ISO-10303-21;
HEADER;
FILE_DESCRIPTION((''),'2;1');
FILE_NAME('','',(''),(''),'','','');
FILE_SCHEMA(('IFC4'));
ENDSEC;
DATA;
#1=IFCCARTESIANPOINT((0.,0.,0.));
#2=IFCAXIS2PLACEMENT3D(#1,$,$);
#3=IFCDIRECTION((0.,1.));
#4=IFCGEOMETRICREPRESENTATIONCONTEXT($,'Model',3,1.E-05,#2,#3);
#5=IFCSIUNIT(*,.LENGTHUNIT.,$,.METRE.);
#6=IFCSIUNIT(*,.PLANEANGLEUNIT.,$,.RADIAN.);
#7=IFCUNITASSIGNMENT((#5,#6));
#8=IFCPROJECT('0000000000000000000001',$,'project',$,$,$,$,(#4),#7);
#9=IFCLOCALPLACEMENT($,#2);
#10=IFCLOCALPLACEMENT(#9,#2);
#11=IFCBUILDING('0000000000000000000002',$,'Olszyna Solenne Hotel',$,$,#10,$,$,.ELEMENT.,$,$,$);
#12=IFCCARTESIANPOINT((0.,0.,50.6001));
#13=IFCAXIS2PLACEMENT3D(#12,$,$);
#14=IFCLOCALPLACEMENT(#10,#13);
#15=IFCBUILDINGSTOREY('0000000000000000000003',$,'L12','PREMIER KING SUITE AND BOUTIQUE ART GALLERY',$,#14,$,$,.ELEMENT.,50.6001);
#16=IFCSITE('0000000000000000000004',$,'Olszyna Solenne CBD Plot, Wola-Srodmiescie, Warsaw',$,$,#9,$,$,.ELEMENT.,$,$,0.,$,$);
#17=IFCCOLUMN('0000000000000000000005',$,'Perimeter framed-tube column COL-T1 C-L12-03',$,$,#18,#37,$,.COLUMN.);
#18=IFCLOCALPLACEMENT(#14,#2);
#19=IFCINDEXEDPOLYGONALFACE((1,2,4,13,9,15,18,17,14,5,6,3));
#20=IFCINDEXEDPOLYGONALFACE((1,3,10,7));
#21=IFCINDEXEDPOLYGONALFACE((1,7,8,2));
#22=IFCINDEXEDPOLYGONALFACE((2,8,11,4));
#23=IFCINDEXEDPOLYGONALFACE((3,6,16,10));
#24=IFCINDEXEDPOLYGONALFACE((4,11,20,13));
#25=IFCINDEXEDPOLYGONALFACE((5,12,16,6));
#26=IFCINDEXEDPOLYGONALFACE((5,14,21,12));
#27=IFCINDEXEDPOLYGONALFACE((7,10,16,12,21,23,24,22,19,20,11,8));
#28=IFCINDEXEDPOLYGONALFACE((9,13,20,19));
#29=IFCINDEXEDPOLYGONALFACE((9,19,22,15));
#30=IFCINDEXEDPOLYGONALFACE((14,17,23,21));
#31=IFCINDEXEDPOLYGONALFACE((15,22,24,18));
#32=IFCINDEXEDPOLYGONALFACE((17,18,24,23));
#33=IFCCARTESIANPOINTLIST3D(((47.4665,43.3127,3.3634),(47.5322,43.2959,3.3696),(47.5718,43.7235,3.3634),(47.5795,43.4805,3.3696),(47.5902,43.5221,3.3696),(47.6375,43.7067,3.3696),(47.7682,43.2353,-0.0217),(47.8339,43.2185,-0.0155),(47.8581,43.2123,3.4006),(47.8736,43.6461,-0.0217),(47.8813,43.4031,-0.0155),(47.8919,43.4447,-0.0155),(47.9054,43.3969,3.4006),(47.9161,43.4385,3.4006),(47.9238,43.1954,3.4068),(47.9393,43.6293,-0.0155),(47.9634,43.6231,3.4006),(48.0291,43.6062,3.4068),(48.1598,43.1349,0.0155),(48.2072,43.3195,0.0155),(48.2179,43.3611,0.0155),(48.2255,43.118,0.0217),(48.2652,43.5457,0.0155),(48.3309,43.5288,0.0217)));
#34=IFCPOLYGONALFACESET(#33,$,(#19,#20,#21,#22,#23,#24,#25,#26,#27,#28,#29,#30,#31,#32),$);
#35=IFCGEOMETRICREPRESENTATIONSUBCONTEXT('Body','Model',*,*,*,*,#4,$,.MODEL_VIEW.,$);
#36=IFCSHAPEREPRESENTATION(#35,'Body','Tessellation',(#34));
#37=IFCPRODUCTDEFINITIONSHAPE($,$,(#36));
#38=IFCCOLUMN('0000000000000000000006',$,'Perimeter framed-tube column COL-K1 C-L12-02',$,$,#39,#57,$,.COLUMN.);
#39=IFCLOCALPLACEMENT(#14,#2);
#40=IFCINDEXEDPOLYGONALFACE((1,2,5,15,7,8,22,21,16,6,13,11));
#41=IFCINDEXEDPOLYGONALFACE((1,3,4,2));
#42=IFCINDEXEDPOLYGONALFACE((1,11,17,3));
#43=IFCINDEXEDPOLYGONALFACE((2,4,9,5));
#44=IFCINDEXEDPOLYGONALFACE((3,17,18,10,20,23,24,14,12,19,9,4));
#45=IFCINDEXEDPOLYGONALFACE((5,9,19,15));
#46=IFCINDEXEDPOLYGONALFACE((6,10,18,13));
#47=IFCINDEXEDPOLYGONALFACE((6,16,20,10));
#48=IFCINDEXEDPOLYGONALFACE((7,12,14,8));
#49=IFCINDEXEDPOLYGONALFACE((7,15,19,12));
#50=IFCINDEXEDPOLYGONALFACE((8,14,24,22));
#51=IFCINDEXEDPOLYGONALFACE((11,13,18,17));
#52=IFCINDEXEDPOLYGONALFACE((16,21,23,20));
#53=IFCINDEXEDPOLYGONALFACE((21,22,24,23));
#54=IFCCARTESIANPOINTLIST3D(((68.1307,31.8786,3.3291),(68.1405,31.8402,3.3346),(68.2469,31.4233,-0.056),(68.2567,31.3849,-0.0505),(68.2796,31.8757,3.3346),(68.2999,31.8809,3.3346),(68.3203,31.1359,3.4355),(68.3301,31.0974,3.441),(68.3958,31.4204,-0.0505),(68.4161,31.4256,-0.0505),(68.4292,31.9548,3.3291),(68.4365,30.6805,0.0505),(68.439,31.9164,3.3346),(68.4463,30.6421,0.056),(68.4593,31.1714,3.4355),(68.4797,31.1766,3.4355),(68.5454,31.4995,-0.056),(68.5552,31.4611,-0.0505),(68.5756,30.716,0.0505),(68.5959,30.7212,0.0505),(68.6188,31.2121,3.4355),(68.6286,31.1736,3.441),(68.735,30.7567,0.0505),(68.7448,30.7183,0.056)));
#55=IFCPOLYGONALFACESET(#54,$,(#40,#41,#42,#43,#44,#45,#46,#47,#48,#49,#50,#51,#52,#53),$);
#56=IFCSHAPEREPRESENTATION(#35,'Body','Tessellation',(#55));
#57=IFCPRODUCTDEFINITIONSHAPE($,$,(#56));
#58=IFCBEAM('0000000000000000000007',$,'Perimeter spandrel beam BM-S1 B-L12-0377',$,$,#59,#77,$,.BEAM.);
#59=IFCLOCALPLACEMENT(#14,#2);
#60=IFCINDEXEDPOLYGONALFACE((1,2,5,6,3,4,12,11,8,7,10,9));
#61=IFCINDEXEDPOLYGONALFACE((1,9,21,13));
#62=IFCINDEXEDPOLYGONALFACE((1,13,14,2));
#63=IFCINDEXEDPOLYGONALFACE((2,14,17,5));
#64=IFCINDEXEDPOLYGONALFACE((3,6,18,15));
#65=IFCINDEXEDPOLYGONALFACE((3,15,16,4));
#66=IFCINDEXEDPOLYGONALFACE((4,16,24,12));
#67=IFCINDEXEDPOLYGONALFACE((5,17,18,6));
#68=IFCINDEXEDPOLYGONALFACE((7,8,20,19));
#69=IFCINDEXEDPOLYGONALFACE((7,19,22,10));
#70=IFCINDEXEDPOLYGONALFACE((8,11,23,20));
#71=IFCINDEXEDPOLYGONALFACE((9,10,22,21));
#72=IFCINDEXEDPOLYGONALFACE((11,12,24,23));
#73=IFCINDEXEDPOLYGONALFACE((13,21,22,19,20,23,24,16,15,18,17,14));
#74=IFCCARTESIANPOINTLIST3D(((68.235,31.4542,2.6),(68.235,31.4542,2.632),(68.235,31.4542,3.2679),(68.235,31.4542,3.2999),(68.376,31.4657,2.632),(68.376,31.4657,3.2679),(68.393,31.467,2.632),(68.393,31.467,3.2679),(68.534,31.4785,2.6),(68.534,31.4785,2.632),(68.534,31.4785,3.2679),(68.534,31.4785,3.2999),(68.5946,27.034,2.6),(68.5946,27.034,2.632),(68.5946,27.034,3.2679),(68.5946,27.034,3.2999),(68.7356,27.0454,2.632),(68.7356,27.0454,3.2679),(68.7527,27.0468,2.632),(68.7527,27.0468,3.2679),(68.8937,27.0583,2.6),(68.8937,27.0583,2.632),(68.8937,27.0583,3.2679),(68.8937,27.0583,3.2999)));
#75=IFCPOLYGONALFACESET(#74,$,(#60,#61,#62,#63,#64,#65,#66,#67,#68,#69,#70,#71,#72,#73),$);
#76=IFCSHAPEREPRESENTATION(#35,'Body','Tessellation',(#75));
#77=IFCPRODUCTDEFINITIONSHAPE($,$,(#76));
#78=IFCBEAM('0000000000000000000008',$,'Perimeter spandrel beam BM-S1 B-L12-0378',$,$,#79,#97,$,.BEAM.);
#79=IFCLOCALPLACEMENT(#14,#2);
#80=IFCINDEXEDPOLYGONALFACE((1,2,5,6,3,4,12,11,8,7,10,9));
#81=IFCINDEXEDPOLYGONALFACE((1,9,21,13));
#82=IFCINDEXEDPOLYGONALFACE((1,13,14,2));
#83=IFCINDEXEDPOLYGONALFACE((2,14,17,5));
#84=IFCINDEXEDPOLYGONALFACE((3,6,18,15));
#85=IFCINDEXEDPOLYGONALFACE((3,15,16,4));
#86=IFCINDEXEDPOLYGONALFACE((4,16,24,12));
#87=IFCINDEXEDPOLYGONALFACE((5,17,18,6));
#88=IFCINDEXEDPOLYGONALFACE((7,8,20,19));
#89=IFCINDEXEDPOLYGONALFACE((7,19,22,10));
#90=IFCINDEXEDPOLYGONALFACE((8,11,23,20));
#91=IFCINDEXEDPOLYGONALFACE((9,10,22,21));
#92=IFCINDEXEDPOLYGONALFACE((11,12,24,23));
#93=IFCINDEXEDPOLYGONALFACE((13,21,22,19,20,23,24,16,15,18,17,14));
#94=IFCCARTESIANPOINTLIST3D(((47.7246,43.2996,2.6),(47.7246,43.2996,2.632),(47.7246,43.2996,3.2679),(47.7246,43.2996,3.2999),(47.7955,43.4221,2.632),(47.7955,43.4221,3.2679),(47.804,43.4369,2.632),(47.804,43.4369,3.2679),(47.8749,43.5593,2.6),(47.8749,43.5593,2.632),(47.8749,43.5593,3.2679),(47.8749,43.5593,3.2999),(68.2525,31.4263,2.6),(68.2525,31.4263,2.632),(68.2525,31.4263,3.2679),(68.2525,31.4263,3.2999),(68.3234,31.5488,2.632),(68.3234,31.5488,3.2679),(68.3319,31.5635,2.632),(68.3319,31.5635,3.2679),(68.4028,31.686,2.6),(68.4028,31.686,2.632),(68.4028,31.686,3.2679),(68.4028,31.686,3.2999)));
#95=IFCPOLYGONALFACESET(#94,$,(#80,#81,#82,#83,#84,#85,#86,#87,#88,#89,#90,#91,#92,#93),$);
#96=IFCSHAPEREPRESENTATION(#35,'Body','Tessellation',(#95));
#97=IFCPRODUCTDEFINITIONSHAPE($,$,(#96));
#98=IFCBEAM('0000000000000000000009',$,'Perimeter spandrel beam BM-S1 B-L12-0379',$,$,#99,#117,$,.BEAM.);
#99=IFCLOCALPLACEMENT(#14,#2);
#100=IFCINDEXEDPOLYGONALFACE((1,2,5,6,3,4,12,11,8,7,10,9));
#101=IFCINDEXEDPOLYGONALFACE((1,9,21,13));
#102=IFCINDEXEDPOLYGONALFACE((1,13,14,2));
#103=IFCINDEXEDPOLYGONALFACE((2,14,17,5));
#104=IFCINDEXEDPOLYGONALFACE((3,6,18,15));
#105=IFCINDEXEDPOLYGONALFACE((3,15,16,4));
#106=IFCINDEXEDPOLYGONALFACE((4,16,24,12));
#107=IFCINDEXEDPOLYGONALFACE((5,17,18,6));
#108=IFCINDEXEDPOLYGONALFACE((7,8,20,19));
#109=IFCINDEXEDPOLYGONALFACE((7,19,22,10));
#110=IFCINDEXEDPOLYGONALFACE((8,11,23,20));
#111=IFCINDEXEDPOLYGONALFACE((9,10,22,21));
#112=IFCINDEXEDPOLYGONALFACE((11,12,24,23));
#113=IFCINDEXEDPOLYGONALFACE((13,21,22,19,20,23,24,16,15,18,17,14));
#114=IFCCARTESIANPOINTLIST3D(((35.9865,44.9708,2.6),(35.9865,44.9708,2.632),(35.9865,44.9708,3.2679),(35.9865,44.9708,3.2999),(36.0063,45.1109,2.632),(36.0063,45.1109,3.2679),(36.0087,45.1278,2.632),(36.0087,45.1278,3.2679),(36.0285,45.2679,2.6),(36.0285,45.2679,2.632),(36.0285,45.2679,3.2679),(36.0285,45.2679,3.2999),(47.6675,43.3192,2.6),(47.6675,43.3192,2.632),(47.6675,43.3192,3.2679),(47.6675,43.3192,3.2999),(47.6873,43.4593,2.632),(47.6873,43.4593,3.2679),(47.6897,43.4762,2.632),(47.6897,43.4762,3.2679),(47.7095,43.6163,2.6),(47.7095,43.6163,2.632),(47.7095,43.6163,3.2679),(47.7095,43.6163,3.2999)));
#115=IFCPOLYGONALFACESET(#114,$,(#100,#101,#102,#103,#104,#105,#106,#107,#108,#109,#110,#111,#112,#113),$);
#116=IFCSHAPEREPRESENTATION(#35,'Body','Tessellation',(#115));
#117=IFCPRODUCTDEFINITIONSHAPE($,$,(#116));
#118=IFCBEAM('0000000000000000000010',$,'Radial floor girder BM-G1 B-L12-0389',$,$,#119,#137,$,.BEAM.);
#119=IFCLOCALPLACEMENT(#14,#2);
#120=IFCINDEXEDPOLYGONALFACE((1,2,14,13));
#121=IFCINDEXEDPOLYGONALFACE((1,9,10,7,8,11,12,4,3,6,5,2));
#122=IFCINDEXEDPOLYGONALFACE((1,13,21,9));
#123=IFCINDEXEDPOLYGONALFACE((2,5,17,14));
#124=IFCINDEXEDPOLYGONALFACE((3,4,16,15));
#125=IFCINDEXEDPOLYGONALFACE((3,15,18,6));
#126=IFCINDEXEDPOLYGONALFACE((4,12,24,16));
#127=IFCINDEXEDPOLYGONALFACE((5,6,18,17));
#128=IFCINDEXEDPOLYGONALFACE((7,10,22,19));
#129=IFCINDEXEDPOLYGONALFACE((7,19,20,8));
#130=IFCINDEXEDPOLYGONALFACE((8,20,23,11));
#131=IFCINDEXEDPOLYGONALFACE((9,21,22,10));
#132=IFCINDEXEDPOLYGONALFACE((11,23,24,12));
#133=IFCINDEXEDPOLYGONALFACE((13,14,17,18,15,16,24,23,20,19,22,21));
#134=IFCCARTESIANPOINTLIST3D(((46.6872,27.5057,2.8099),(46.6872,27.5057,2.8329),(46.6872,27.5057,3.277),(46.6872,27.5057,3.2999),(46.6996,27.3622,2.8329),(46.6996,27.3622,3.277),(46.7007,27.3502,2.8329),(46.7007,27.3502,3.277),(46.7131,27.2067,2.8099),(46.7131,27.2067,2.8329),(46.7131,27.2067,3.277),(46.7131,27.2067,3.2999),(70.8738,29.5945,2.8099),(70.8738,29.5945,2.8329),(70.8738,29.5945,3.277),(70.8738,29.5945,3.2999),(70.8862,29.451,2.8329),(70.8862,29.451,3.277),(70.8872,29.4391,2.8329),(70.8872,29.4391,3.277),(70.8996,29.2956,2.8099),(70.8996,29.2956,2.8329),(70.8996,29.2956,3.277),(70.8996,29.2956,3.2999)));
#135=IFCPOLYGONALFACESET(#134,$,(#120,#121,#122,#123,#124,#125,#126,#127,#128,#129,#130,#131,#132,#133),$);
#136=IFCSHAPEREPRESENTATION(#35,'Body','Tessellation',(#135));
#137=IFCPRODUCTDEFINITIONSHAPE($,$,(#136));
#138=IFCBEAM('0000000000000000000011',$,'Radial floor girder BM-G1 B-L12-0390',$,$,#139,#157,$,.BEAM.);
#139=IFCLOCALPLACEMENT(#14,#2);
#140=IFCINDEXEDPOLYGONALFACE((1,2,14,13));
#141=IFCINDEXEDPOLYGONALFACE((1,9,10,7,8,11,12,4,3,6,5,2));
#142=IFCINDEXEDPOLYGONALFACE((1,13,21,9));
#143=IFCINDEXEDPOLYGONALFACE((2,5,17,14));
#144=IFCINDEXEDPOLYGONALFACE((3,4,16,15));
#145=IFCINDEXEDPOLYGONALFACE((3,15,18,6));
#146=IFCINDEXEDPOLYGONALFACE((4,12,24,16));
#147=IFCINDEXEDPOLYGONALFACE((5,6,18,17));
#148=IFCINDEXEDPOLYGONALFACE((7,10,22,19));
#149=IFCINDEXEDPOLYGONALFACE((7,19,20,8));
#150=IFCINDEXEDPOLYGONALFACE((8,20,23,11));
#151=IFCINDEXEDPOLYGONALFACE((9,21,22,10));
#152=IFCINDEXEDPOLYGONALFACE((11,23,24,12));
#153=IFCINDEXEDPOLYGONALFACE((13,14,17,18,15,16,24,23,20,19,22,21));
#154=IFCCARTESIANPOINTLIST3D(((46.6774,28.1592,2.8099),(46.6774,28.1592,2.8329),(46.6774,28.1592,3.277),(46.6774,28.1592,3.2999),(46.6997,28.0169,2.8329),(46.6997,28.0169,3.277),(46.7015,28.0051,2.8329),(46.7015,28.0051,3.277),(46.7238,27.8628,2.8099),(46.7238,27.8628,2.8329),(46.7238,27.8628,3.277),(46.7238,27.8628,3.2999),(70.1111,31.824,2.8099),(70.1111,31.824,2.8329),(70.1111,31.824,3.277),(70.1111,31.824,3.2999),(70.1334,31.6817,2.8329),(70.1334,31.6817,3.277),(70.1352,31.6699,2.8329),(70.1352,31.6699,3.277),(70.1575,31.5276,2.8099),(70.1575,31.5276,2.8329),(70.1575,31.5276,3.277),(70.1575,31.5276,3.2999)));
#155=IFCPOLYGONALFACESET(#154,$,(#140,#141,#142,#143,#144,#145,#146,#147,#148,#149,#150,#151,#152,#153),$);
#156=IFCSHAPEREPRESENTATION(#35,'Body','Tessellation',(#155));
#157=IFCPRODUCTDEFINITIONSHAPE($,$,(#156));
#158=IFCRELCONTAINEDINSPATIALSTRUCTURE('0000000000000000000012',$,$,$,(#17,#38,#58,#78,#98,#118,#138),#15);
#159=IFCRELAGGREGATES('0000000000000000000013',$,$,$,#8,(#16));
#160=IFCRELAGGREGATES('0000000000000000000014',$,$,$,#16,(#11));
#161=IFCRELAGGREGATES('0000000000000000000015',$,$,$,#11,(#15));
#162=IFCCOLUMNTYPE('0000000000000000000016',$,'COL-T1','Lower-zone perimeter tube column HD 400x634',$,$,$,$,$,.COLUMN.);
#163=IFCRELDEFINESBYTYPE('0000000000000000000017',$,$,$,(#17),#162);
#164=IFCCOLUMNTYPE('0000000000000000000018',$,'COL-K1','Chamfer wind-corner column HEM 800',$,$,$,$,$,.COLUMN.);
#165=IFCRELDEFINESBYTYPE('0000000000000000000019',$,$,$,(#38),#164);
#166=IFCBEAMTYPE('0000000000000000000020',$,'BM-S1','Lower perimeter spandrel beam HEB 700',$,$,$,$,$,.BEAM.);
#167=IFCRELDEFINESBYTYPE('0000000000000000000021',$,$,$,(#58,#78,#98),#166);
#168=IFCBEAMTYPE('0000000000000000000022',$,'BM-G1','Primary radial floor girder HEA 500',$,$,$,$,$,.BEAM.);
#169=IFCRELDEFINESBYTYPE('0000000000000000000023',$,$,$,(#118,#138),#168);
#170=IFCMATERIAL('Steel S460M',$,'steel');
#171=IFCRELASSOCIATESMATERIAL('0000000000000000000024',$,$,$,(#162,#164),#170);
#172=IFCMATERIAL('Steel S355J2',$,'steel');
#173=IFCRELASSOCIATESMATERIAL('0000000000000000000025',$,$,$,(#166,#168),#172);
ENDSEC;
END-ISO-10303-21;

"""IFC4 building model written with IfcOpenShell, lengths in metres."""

from ifc_helpers import new_model, si_unit, direction, frame, origin, origin_2d, place, context, subcontext, project, spatial, i_section, extrude, source, transform, mapped, material, material_profile, profile_set, type_object, element, save


model = new_model("IFC4")

# Units and contexts
model_context = context("Model", 3, precision=1e-05, world=origin(), true_north=direction((0.0, 1.0)))
body_context = subcontext(model_context, "Body", "Model", "MODEL_VIEW")
ifc_project = project(units=[si_unit("LENGTHUNIT", "METRE"), si_unit("PLANEANGLEUNIT", "RADIAN")], contexts=[model_context])

# Site, building, storey
site_placement = place(None, origin())
site = spatial("IfcSite", under=ifc_project, at=site_placement, Name="Olszyna Solenne CBD Plot, Wola-Srodmiescie, Warsaw", CompositionType="ELEMENT", RefElevation=0.0)
building_placement = place(site_placement, origin())
building = spatial("IfcBuilding", under=site, at=building_placement, Name="Olszyna Solenne Hotel", CompositionType="ELEMENT")
storey_placement = place(building_placement, frame((0.0, 0.0, 50.6001)))
storey = spatial("IfcBuildingStorey", under=building, at=storey_placement, Name="L12", Description="PREMIER KING SUITE AND BOUTIQUE ART GALLERY", CompositionType="ELEMENT", Elevation=50.6001)

# Columns
ifc_material_1 = material(Name="Steel S460M", Category="steel")
ifc_material_profile_1 = material_profile(ifc_material_1, i_section(OverallWidth=0.4241, OverallDepth=0.4741, WebThickness=0.043, FlangeThickness=0.0681, at=origin_2d()), Name="HD 400x634", Category="load-bearing")
ifc_profile_set_1 = profile_set([ifc_material_profile_1], Name="Steel S460M")
column_type_1 = type_object("IfcColumnType", Name="COL-T1", Description="Lower-zone perimeter tube column HD 400x634", PredefinedType="COLUMN", material=ifc_profile_set_1)
shared_shape_1 = source(origin(), body_context, "Body", "SweptSolid", [
    extrude(i_section(OverallWidth=0.4241, OverallDepth=0.4741, WebThickness=0.043, FlangeThickness=0.0681, at=origin_2d()), origin(), (0.0, 0.0, 1.0), 3.3994),
])
column_1_placement = place(storey_placement, frame((48.0496, 43.3821, 0.0), z_axis=(-0.08877, 0.022767, 0.995792), x_axis=(-0.248432, -0.968649, 0.0)))
element("IfcColumn", 1, at=column_1_placement, inside=storey, type_object=column_type_1, Name="Perimeter framed-tube column COL-T1 C-L12-03", PredefinedType="COLUMN", context=body_context, shape_type="MappedRepresentation", body=[
    mapped(shared_shape_1, transform((0.0, 0.0, 0.0), x_axis=(1.0, 0.0, 0.0), y_axis=(0.0, 1.0, 0.0), z_axis=(0.0, 0.0, 1.0), scale=1.0)),
])
ifc_material_profile_2 = material_profile(ifc_material_1, i_section(OverallWidth=0.3081, OverallDepth=0.814, WebThickness=0.021, FlangeThickness=0.04, at=origin_2d()), Name="HEM 800", Category="load-bearing")
ifc_profile_set_2 = profile_set([ifc_material_profile_2], Name="Steel S460M")
column_type_2 = type_object("IfcColumnType", Name="COL-K1", Description="Chamfer wind-corner column HEM 800", PredefinedType="COLUMN", material=ifc_profile_set_2)
shared_shape_2 = source(origin(), body_context, "Body", "SweptSolid", [
    extrude(i_section(OverallWidth=0.3081, OverallDepth=0.814, WebThickness=0.021, FlangeThickness=0.04, at=origin_2d()), origin(), (0.0, 0.0, 1.0), 3.4175),
])
column_2_placement = place(storey_placement, frame((68.4958, 31.0708, 0.0), z_axis=(-0.034005, 0.133234, 0.990501), x_axis=(-0.968939, -0.2473, 0.0)))
element("IfcColumn", 2, at=column_2_placement, inside=storey, type_object=column_type_2, Name="Perimeter framed-tube column COL-K1 C-L12-02", PredefinedType="COLUMN", context=body_context, shape_type="MappedRepresentation", body=[
    mapped(shared_shape_2, transform((0.0, 0.0, 0.0), x_axis=(1.0, 0.0, 0.0), y_axis=(0.0, 1.0, 0.0), z_axis=(0.0, 0.0, 1.0), scale=1.0)),
])

# Beams
ifc_material_2 = material(Name="Steel S355J2", Category="steel")
ifc_material_profile_3 = material_profile(ifc_material_2, i_section(OverallWidth=0.3, OverallDepth=0.7, WebThickness=0.0171, FlangeThickness=0.032, at=origin_2d()), Name="HEB 700", Category="load-bearing")
ifc_profile_set_3 = profile_set([ifc_material_profile_3], Name="Steel S355J2")
beam_type_1 = type_object("IfcBeamType", Name="BM-S1", Description="Lower perimeter spandrel beam HEB 700", PredefinedType="BEAM", material=ifc_profile_set_3)
shared_shape_3 = source(origin(), body_context, "Body", "SweptSolid", [
    extrude(i_section(OverallWidth=0.3, OverallDepth=0.7, WebThickness=0.0171, FlangeThickness=0.032, at=origin_2d()), origin(), (0.0, 0.0, 1.0), 4.4348),
])
beam_1_placement = place(storey_placement, frame((68.7441, 27.0461, 2.95), z_axis=(-0.081091, 0.996707, 0.0), x_axis=(-0.996707, -0.081091, 0.0)))
element("IfcBeam", 3, at=beam_1_placement, inside=storey, type_object=beam_type_1, Name="Perimeter spandrel beam BM-S1 B-L12-0377", PredefinedType="BEAM", context=body_context, shape_type="MappedRepresentation", body=[
    mapped(shared_shape_3, transform((0.0, 0.0, 0.0), x_axis=(1.0, 0.0, 0.0), y_axis=(0.0, 1.0, 0.0), z_axis=(0.0, 0.0, 1.0), scale=1.0)),
])
shared_shape_4 = source(origin(), body_context, "Body", "SweptSolid", [
    extrude(i_section(OverallWidth=0.3, OverallDepth=0.7, WebThickness=0.0171, FlangeThickness=0.032, at=origin_2d()), origin(), (0.0, 0.0, 1.0), 23.7144),
])
beam_2_placement = place(storey_placement, frame((68.3276, 31.5562, 2.95), z_axis=(-0.865632, 0.500681, 0.0), x_axis=(-0.500681, -0.865632, 0.0)))
element("IfcBeam", 4, at=beam_2_placement, inside=storey, type_object=beam_type_1, Name="Perimeter spandrel beam BM-S1 B-L12-0378", PredefinedType="BEAM", context=body_context, shape_type="MappedRepresentation", body=[
    mapped(shared_shape_4, transform((0.0, 0.0, 0.0), x_axis=(1.0, 0.0, 0.0), y_axis=(0.0, 1.0, 0.0), z_axis=(0.0, 0.0, 1.0), scale=1.0)),
])
shared_shape_5 = source(origin(), body_context, "Body", "SweptSolid", [
    extrude(i_section(OverallWidth=0.3, OverallDepth=0.7, WebThickness=0.0171, FlangeThickness=0.032, at=origin_2d()), origin(), (0.0, 0.0, 1.0), 11.7971),
])
beam_3_placement = place(storey_placement, frame((47.6885, 43.4678, 2.95), z_axis=(-0.990151, 0.140002, 0.0), x_axis=(-0.140002, -0.990151, 0.0)))
element("IfcBeam", 5, at=beam_3_placement, inside=storey, type_object=beam_type_1, Name="Perimeter spandrel beam BM-S1 B-L12-0379", PredefinedType="BEAM", context=body_context, shape_type="MappedRepresentation", body=[
    mapped(shared_shape_5, transform((0.0, 0.0, 0.0), x_axis=(1.0, 0.0, 0.0), y_axis=(0.0, 1.0, 0.0), z_axis=(0.0, 0.0, 1.0), scale=1.0)),
])
ifc_material_profile_4 = material_profile(ifc_material_2, i_section(OverallWidth=0.3, OverallDepth=0.49, WebThickness=0.012, FlangeThickness=0.0229, at=origin_2d()), Name="HEA 500", Category="load-bearing")
ifc_profile_set_4 = profile_set([ifc_material_profile_4], Name="Steel S355J2")
beam_type_2 = type_object("IfcBeamType", Name="BM-G1", Description="Primary radial floor girder HEA 500", PredefinedType="BEAM", material=ifc_profile_set_4)
shared_shape_6 = source(origin(), body_context, "Body", "SweptSolid", [
    extrude(i_section(OverallWidth=0.3, OverallDepth=0.49, WebThickness=0.012, FlangeThickness=0.0229, at=origin_2d()), origin(), (0.0, 0.0, 1.0), 24.2766),
])
beam_4_placement = place(storey_placement, frame((70.8867, 29.4451, 3.0549), z_axis=(-0.996291, -0.086045, 0.0), x_axis=(0.086045, -0.996291, 0.0)))
element("IfcBeam", 6, at=beam_4_placement, inside=storey, type_object=beam_type_2, Name="Radial floor girder BM-G1 B-L12-0389", PredefinedType="BEAM", context=body_context, shape_type="MappedRepresentation", body=[
    mapped(shared_shape_6, transform((0.0, 0.0, 0.0), x_axis=(1.0, 0.0, 0.0), y_axis=(0.0, 1.0, 0.0), z_axis=(0.0, 0.0, 1.0), scale=1.0)),
])
shared_shape_7 = source(origin(), body_context, "Body", "SweptSolid", [
    extrude(i_section(OverallWidth=0.3, OverallDepth=0.49, WebThickness=0.012, FlangeThickness=0.0229, at=origin_2d()), origin(), (0.0, 0.0, 1.0), 23.7185),
])
beam_5_placement = place(storey_placement, frame((70.1343, 31.6758, 3.0549), z_axis=(-0.987991, -0.154513, 0.0), x_axis=(0.154513, -0.987991, 0.0)))
element("IfcBeam", 7, at=beam_5_placement, inside=storey, type_object=beam_type_2, Name="Radial floor girder BM-G1 B-L12-0390", PredefinedType="BEAM", context=body_context, shape_type="MappedRepresentation", body=[
    mapped(shared_shape_7, transform((0.0, 0.0, 0.0), x_axis=(1.0, 0.0, 0.0), y_axis=(0.0, 1.0, 0.0), z_axis=(0.0, 0.0, 1.0), scale=1.0)),
])

save(model, "model.ifc")
